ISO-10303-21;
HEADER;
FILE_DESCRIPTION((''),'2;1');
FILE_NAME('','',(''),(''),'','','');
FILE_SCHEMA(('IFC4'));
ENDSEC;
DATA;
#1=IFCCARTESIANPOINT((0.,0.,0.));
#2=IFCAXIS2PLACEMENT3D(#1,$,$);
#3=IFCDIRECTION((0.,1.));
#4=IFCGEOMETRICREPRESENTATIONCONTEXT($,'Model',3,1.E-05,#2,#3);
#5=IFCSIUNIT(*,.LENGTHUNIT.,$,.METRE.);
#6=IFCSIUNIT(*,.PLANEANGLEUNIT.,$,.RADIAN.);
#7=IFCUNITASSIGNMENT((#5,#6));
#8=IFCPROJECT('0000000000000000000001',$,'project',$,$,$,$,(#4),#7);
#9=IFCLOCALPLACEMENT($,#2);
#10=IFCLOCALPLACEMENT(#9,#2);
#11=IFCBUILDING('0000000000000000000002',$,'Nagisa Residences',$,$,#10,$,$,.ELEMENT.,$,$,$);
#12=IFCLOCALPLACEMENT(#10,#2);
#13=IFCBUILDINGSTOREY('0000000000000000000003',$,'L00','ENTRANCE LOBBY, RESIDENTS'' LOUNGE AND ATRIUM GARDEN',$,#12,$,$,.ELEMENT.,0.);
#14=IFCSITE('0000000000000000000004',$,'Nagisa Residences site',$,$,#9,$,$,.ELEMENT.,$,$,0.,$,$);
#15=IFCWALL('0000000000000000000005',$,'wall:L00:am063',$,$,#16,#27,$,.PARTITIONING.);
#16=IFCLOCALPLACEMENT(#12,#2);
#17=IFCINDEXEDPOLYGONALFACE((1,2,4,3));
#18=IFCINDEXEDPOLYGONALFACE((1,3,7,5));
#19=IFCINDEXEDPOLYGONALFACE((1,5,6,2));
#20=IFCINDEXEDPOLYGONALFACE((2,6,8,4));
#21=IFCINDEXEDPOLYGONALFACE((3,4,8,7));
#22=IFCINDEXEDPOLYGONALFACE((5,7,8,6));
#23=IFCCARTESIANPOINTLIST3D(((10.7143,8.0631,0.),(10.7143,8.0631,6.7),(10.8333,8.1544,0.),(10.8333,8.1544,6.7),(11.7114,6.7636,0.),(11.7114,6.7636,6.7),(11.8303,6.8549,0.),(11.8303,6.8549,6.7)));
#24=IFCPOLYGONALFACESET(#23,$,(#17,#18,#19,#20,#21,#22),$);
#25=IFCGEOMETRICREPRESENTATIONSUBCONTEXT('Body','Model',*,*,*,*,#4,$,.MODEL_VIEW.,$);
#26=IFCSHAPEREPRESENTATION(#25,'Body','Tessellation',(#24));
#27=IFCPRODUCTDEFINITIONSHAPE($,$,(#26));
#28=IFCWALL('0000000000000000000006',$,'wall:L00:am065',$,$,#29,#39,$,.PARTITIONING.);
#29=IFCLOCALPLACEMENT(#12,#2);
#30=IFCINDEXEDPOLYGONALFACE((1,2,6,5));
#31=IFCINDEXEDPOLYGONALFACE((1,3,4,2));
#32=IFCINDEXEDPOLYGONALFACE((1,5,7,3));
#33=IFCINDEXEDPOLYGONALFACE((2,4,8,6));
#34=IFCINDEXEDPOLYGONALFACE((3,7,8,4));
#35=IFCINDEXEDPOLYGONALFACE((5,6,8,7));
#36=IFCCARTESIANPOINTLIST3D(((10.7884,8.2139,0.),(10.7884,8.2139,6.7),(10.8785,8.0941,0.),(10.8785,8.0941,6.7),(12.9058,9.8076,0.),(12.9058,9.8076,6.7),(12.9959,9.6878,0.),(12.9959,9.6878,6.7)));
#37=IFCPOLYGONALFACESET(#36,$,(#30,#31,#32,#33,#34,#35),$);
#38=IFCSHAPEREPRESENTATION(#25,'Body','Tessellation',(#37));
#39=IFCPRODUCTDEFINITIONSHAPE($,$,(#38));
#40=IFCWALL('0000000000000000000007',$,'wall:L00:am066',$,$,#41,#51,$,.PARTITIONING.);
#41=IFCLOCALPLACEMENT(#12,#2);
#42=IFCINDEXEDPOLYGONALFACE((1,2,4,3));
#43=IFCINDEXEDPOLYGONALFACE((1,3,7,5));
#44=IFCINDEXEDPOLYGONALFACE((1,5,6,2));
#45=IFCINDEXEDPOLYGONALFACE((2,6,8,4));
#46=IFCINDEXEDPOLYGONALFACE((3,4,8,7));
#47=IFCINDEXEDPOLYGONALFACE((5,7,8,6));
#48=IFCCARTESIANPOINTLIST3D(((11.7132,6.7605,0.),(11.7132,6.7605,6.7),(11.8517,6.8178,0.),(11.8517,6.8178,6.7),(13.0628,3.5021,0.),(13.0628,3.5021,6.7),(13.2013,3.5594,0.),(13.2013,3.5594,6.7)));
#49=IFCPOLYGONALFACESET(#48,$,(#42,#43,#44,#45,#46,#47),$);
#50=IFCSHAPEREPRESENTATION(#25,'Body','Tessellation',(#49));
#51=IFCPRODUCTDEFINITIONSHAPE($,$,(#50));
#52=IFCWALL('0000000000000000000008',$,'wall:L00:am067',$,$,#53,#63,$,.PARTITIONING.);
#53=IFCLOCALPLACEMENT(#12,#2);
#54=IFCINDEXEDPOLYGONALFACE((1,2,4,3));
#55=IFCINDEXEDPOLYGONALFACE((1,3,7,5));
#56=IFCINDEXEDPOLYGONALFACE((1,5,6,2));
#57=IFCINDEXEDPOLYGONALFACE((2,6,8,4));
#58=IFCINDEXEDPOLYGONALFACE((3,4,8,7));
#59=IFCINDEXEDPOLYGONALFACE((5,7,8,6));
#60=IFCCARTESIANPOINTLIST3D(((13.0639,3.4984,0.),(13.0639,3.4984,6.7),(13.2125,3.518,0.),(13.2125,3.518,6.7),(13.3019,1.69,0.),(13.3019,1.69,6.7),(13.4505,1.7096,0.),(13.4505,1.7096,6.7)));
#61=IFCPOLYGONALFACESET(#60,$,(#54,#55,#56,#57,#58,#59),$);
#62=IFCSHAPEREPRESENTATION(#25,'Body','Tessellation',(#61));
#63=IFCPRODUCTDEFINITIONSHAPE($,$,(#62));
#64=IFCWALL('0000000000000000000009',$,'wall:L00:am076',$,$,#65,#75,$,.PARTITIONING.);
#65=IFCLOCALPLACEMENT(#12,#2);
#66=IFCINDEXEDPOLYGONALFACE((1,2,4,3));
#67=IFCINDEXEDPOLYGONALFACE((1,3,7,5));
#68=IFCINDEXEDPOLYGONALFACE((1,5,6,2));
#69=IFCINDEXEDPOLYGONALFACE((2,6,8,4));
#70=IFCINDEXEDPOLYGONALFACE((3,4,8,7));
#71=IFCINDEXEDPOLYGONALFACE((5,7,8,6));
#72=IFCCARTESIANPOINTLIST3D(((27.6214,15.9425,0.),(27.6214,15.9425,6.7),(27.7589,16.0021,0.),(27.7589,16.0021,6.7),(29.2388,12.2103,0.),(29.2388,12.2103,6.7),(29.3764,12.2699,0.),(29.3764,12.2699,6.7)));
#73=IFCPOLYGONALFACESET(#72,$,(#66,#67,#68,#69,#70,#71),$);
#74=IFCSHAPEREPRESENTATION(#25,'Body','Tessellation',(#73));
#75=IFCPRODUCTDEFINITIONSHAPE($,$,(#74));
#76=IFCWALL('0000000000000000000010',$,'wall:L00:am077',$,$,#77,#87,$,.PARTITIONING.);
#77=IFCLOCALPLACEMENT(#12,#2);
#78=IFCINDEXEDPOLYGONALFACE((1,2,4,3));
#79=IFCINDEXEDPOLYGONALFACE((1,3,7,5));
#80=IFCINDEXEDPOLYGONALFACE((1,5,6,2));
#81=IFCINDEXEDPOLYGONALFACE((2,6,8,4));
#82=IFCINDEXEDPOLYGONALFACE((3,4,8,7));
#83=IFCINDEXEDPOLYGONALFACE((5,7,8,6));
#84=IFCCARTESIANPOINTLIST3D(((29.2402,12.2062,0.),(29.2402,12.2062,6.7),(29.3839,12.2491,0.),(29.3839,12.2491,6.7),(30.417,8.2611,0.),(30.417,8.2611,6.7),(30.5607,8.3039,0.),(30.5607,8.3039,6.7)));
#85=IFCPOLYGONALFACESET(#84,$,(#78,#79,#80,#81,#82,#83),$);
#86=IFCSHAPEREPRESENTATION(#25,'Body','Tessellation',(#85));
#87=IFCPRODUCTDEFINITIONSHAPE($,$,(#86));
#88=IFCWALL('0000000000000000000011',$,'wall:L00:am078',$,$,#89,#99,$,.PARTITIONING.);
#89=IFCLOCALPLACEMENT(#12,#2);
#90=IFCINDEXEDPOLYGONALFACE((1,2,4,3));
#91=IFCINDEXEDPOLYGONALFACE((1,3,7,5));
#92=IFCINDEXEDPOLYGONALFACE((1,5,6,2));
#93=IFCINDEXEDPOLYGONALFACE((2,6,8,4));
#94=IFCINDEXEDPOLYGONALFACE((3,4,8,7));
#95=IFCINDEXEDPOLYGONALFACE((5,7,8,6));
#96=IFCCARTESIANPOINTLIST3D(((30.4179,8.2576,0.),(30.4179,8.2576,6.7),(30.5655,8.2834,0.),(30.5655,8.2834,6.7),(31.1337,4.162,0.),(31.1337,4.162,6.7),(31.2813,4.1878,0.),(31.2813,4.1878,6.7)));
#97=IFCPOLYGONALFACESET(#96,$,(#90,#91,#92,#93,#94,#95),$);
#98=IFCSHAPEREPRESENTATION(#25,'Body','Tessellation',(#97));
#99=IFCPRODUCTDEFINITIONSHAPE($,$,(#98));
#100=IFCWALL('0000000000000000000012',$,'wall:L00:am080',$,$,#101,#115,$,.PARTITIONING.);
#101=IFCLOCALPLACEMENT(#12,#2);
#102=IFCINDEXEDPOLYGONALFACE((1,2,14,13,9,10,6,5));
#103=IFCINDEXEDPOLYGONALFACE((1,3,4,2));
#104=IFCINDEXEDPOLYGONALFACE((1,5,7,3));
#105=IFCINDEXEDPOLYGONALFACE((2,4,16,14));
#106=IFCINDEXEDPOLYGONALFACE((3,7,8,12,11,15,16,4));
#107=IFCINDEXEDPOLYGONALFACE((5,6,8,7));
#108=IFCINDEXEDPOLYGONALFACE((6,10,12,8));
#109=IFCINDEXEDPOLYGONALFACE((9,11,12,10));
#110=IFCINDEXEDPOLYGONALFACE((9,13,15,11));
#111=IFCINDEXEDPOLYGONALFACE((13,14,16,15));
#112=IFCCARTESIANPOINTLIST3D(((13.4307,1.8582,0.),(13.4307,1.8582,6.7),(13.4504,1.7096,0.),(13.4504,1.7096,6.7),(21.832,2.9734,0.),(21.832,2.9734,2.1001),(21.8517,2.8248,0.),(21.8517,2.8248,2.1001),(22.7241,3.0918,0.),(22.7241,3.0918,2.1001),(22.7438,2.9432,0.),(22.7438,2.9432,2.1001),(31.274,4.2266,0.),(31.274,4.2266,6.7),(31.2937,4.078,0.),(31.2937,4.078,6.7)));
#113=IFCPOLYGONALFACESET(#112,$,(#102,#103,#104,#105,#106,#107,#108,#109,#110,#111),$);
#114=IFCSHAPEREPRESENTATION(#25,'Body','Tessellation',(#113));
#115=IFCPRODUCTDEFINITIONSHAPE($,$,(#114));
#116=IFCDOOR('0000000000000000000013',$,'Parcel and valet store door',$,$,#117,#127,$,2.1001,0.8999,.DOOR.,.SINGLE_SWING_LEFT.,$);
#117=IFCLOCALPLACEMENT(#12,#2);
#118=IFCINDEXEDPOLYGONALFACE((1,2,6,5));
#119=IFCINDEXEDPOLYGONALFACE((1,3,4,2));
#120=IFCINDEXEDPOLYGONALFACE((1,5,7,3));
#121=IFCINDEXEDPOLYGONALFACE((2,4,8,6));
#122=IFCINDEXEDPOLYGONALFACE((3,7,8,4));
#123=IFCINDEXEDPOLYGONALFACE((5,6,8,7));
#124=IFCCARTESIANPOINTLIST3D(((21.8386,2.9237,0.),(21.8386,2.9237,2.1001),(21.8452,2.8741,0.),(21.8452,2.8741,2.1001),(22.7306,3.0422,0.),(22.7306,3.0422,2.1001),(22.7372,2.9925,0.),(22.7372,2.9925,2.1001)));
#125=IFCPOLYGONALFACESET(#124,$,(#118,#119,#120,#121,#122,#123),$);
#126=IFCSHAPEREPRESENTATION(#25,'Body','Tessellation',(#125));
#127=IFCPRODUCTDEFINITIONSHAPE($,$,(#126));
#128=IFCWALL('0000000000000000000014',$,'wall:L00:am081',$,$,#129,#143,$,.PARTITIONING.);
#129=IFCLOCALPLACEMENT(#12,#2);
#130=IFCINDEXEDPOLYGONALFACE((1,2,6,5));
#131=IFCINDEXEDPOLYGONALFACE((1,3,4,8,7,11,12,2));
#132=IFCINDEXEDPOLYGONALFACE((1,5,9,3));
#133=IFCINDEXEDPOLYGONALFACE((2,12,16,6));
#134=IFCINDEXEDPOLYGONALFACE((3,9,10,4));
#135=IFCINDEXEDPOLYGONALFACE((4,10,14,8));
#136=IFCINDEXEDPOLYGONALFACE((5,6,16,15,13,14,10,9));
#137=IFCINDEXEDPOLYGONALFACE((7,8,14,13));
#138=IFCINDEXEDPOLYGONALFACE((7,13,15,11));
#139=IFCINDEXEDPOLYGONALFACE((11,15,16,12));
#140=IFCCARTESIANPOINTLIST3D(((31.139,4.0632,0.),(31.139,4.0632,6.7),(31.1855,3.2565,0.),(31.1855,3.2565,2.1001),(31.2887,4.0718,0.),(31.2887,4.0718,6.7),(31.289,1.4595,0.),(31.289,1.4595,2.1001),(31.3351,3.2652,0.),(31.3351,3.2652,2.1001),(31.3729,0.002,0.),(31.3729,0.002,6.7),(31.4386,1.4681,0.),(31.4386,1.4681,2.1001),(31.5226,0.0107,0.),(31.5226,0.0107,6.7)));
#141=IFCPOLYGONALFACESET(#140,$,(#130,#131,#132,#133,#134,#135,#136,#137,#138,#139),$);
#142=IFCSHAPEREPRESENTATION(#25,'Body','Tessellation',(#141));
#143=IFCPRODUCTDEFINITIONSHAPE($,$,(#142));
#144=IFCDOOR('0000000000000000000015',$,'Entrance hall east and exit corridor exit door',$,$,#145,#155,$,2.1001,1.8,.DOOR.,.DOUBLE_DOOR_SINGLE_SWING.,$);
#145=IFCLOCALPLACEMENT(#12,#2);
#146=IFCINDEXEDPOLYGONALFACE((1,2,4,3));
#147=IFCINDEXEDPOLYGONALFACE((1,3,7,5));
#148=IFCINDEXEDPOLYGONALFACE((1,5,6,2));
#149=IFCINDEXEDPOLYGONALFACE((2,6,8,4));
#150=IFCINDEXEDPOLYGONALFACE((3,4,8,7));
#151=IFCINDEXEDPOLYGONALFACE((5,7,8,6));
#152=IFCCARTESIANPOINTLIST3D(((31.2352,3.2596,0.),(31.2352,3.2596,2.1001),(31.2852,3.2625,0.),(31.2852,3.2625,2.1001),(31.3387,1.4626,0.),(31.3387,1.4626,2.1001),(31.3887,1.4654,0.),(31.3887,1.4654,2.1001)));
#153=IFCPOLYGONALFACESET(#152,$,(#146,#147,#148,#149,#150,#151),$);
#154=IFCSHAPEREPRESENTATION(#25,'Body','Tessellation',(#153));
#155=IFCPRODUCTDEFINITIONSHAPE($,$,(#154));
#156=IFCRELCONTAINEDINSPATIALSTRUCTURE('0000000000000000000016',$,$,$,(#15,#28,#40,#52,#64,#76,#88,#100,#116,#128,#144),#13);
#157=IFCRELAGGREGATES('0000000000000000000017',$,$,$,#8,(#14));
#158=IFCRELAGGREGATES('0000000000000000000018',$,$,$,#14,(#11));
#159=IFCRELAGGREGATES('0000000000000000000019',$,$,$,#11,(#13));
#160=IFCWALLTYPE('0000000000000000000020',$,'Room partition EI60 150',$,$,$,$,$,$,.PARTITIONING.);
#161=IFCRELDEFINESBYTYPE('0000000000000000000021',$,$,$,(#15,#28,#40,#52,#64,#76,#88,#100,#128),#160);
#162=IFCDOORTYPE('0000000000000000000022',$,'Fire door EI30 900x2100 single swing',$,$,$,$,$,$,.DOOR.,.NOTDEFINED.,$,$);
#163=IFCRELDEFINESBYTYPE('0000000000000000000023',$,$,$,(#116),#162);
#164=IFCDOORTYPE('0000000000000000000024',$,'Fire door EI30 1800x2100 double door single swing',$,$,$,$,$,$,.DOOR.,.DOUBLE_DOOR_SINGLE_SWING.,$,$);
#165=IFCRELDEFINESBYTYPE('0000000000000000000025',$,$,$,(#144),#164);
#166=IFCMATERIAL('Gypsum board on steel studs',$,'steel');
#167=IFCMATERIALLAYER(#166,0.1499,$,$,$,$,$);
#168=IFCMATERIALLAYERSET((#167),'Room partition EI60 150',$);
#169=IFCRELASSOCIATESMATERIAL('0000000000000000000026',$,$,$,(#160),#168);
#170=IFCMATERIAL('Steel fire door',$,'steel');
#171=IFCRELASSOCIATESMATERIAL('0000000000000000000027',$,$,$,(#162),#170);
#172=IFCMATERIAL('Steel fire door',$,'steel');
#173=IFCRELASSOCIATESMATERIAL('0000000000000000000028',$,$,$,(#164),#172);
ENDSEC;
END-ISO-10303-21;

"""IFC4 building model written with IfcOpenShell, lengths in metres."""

from ifc_helpers import new_model, si_unit, direction, frame, frame_2d, origin, place, context, subcontext, project, spatial, rectangle, extrude, material, layer, layer_set, type_object, element, fill, save


model = new_model("IFC4")

# Units and contexts
model_context = context("Model", 3, precision=1e-05, world=origin(), true_north=direction((0.0, 1.0)))
body_context = subcontext(model_context, "Body", "Model", "MODEL_VIEW")
ifc_project = project(units=[si_unit("LENGTHUNIT", "METRE"), si_unit("PLANEANGLEUNIT", "RADIAN")], contexts=[model_context])

# Site, building, storey
site_placement = place(None, origin())
site = spatial("IfcSite", under=ifc_project, at=site_placement, Name="Nagisa Residences site", CompositionType="ELEMENT", RefElevation=0.0)
building_placement = place(site_placement, origin())
building = spatial("IfcBuilding", under=site, at=building_placement, Name="Nagisa Residences", CompositionType="ELEMENT")
storey_placement = place(building_placement, origin())
storey = spatial("IfcBuildingStorey", under=building, at=storey_placement, Name="L00", Description="ENTRANCE LOBBY, RESIDENTS' LOUNGE AND ATRIUM GARDEN", CompositionType="ELEMENT", Elevation=0.0)

# Walls
ifc_material_1 = material(Name="Gypsum board on steel studs", Category="steel")
ifc_layer = layer(ifc_material_1, 0.1499)
ifc_layer_set = layer_set([ifc_layer], Name="Room partition EI60 150")
wall_type = type_object("IfcWallType", Name="Room partition EI60 150", PredefinedType="PARTITIONING", material=ifc_layer_set)
wall_1_placement = place(storey_placement, frame((11.7708, 6.8093, 0.0), z_axis=(0.0, 0.0, 1.0), x_axis=(-0.608716, 0.793388, 0.0)))
element("IfcWall", 1, at=wall_1_placement, inside=storey, type_object=wall_type, Name="wall:L00:am063", PredefinedType="PARTITIONING", context=body_context, shape_type="SweptSolid", body=[
    extrude(rectangle(XDim=1.6379, YDim=0.1499, at=frame_2d((0.8188, 0.0))), origin(), (0.0, 0.0, 1.0), 6.7),
])
wall_2_placement = place(storey_placement, frame((12.9509, 9.7478, 0.0), z_axis=(0.0, 0.0, 1.0), x_axis=(-0.798971, -0.60137, 0.0)))
element("IfcWall", 2, at=wall_2_placement, inside=storey, type_object=wall_type, Name="wall:L00:am065", PredefinedType="PARTITIONING", context=body_context, shape_type="SweptSolid", body=[
    extrude(rectangle(XDim=2.6501, YDim=0.1499, at=frame_2d((1.3252, 0.0))), origin(), (0.0, 0.0, 1.0), 6.7),
])
wall_3_placement = place(storey_placement, frame((13.1321, 3.5308, 0.0), z_axis=(0.0, 0.0, 1.0), x_axis=(-0.382678, 0.923882, 0.0)))
element("IfcWall", 3, at=wall_3_placement, inside=storey, type_object=wall_type, Name="wall:L00:am066", PredefinedType="PARTITIONING", context=body_context, shape_type="SweptSolid", body=[
    extrude(rectangle(XDim=3.5269, YDim=0.1499, at=frame_2d((1.7634, 0.0))), origin(), (0.0, 0.0, 1.0), 6.7),
])
wall_4_placement = place(storey_placement, frame((13.3762, 1.6997, 0.0), z_axis=(0.0, 0.0, 1.0), x_axis=(-0.130506, 0.991447, 0.0)))
element("IfcWall", 4, at=wall_4_placement, inside=storey, type_object=wall_type, Name="wall:L00:am067", PredefinedType="PARTITIONING", context=body_context, shape_type="SweptSolid", body=[
    extrude(rectangle(XDim=1.824, YDim=0.1499, at=frame_2d((0.9121, 0.0))), origin(), (0.0, 0.0, 1.0), 6.7),
])
wall_5_placement = place(storey_placement, frame((27.6902, 15.9722, 0.0), z_axis=(0.0, 0.0, 1.0), x_axis=(0.397639, -0.917542, 0.0)))
element("IfcWall", 5, at=wall_5_placement, inside=storey, type_object=wall_type, Name="wall:L00:am076", PredefinedType="PARTITIONING", context=body_context, shape_type="SweptSolid", body=[
    extrude(rectangle(XDim=4.0676, YDim=0.1499, at=frame_2d((2.0337, 0.0))), origin(), (0.0, 0.0, 1.0), 6.7),
])
wall_6_placement = place(storey_placement, frame((29.312, 12.2278, 0.0), z_axis=(0.0, 0.0, 1.0), x_axis=(0.28584, -0.958277, 0.0)))
element("IfcWall", 6, at=wall_6_placement, inside=storey, type_object=wall_type, Name="wall:L00:am077", PredefinedType="PARTITIONING", context=body_context, shape_type="SweptSolid", body=[
    extrude(rectangle(XDim=4.1169, YDim=0.1499, at=frame_2d((2.0586, 0.0))), origin(), (0.0, 0.0, 1.0), 6.7),
])
wall_7_placement = place(storey_placement, frame((30.4917, 8.2705, 0.0), z_axis=(0.0, 0.0, 1.0), x_axis=(0.172164, -0.985068, 0.0)))
element("IfcWall", 7, at=wall_7_placement, inside=storey, type_object=wall_type, Name="wall:L00:am078", PredefinedType="PARTITIONING", context=body_context, shape_type="SweptSolid", body=[
    extrude(rectangle(XDim=4.1577, YDim=0.1499, at=frame_2d((2.0789, 0.0))), origin(), (0.0, 0.0, 1.0), 6.7),
])

# Walls, openings, doors
wall_8_placement = place(storey_placement, frame((31.2839, 4.1523, 0.0), z_axis=(0.0, 0.0, 1.0), x_axis=(-0.991306, -0.13158, 0.0)))
wall_8 = element("IfcWall", 8, at=wall_8_placement, inside=storey, type_object=wall_type, Name="wall:L00:am080", PredefinedType="PARTITIONING", context=body_context, shape_type="SweptSolid", body=[
    extrude(rectangle(XDim=17.9998, YDim=0.1499, at=frame_2d((9.0, 0.0))), origin(), (0.0, 0.0, 1.0), 6.7),
])
opening_1_placement = place(wall_8_placement, frame((8.625, 0.0, 0.0)))
opening_1 = element("IfcOpeningElement", 9, at=opening_1_placement, cuts=wall_8, PredefinedType="OPENING", context=body_context, shape_type="SweptSolid", body=[
    extrude(rectangle(XDim=0.8999, YDim=2.1001, at=frame_2d((0.45, 1.05))), frame((0.0, 0.085, 0.0), z_axis=(0.0, -1.0, 0.0), x_axis=(1.0, 0.0, 0.0)), (0.0, 0.0, 1.0), 0.1699),
])
ifc_material_2 = material(Name="Steel fire door", Category="steel")
door_type_1 = type_object("IfcDoorType", Name="Fire door EI30 900x2100 single swing", OperationType="NOTDEFINED", PredefinedType="DOOR", material=ifc_material_2)
door_1_placement = place(opening_1_placement, frame((0.8999, 0.0, 0.0), x_axis=(-1.0, 0.0, 0.0)))
door_1 = element("IfcDoor", 10, at=door_1_placement, inside=storey, type_object=door_type_1, Name="Parcel and valet store door", OperationType="SINGLE_SWING_LEFT", OverallHeight=2.1001, OverallWidth=0.8999, PredefinedType="DOOR", context=body_context, shape_type="SweptSolid", body=[
    extrude(rectangle(XDim=0.8999, YDim=2.1001, at=frame_2d((0.45, 1.05))), frame((0.0, 0.0249, 0.0), z_axis=(0.0, -1.0, 0.0), x_axis=(1.0, 0.0, 0.0)), (0.0, 0.0, 1.0), 0.05),
])
fill(opening_1, door_1)
wall_9_placement = place(storey_placement, frame((31.4478, 0.0063, 0.0), z_axis=(0.0, 0.0, 1.0), x_axis=(-0.057498, 0.998346, 0.0)))
wall_9 = element("IfcWall", 11, at=wall_9_placement, inside=storey, type_object=wall_type, Name="wall:L00:am081", PredefinedType="PARTITIONING", context=body_context, shape_type="SweptSolid", body=[
    extrude(rectangle(XDim=4.0679, YDim=0.1499, at=frame_2d((2.0339, 0.0))), origin(), (0.0, 0.0, 1.0), 6.7),
])
opening_2_placement = place(wall_9_placement, frame((1.46, 0.0, 0.0)))
opening_2 = element("IfcOpeningElement", 12, at=opening_2_placement, cuts=wall_9, PredefinedType="OPENING", context=body_context, shape_type="SweptSolid", body=[
    extrude(rectangle(XDim=1.8, YDim=2.1001, at=frame_2d((0.8999, 1.05))), frame((0.0, 0.085, 0.0), z_axis=(0.0, -1.0, 0.0), x_axis=(1.0, 0.0, 0.0)), (0.0, 0.0, 1.0), 0.1699),
])
ifc_material_3 = material(Name="Steel fire door", Category="steel")
door_type_2 = type_object("IfcDoorType", Name="Fire door EI30 1800x2100 double door single swing", OperationType="DOUBLE_DOOR_SINGLE_SWING", PredefinedType="DOOR", material=ifc_material_3)
door_2_placement = place(opening_2_placement, frame((1.8, 0.0, 0.0), x_axis=(-1.0, 0.0, 0.0)))
door_2 = element("IfcDoor", 13, at=door_2_placement, inside=storey, type_object=door_type_2, Name="Entrance hall east and exit corridor exit door", OperationType="DOUBLE_DOOR_SINGLE_SWING", OverallHeight=2.1001, OverallWidth=1.8, PredefinedType="DOOR", context=body_context, shape_type="SweptSolid", body=[
    extrude(rectangle(XDim=1.8, YDim=2.1001, at=frame_2d((0.8999, 1.05))), frame((0.0, 0.0249, 0.0), z_axis=(0.0, -1.0, 0.0), x_axis=(1.0, 0.0, 0.0)), (0.0, 0.0, 1.0), 0.05),
])
fill(opening_2, door_2)

save(model, "model.ifc")
